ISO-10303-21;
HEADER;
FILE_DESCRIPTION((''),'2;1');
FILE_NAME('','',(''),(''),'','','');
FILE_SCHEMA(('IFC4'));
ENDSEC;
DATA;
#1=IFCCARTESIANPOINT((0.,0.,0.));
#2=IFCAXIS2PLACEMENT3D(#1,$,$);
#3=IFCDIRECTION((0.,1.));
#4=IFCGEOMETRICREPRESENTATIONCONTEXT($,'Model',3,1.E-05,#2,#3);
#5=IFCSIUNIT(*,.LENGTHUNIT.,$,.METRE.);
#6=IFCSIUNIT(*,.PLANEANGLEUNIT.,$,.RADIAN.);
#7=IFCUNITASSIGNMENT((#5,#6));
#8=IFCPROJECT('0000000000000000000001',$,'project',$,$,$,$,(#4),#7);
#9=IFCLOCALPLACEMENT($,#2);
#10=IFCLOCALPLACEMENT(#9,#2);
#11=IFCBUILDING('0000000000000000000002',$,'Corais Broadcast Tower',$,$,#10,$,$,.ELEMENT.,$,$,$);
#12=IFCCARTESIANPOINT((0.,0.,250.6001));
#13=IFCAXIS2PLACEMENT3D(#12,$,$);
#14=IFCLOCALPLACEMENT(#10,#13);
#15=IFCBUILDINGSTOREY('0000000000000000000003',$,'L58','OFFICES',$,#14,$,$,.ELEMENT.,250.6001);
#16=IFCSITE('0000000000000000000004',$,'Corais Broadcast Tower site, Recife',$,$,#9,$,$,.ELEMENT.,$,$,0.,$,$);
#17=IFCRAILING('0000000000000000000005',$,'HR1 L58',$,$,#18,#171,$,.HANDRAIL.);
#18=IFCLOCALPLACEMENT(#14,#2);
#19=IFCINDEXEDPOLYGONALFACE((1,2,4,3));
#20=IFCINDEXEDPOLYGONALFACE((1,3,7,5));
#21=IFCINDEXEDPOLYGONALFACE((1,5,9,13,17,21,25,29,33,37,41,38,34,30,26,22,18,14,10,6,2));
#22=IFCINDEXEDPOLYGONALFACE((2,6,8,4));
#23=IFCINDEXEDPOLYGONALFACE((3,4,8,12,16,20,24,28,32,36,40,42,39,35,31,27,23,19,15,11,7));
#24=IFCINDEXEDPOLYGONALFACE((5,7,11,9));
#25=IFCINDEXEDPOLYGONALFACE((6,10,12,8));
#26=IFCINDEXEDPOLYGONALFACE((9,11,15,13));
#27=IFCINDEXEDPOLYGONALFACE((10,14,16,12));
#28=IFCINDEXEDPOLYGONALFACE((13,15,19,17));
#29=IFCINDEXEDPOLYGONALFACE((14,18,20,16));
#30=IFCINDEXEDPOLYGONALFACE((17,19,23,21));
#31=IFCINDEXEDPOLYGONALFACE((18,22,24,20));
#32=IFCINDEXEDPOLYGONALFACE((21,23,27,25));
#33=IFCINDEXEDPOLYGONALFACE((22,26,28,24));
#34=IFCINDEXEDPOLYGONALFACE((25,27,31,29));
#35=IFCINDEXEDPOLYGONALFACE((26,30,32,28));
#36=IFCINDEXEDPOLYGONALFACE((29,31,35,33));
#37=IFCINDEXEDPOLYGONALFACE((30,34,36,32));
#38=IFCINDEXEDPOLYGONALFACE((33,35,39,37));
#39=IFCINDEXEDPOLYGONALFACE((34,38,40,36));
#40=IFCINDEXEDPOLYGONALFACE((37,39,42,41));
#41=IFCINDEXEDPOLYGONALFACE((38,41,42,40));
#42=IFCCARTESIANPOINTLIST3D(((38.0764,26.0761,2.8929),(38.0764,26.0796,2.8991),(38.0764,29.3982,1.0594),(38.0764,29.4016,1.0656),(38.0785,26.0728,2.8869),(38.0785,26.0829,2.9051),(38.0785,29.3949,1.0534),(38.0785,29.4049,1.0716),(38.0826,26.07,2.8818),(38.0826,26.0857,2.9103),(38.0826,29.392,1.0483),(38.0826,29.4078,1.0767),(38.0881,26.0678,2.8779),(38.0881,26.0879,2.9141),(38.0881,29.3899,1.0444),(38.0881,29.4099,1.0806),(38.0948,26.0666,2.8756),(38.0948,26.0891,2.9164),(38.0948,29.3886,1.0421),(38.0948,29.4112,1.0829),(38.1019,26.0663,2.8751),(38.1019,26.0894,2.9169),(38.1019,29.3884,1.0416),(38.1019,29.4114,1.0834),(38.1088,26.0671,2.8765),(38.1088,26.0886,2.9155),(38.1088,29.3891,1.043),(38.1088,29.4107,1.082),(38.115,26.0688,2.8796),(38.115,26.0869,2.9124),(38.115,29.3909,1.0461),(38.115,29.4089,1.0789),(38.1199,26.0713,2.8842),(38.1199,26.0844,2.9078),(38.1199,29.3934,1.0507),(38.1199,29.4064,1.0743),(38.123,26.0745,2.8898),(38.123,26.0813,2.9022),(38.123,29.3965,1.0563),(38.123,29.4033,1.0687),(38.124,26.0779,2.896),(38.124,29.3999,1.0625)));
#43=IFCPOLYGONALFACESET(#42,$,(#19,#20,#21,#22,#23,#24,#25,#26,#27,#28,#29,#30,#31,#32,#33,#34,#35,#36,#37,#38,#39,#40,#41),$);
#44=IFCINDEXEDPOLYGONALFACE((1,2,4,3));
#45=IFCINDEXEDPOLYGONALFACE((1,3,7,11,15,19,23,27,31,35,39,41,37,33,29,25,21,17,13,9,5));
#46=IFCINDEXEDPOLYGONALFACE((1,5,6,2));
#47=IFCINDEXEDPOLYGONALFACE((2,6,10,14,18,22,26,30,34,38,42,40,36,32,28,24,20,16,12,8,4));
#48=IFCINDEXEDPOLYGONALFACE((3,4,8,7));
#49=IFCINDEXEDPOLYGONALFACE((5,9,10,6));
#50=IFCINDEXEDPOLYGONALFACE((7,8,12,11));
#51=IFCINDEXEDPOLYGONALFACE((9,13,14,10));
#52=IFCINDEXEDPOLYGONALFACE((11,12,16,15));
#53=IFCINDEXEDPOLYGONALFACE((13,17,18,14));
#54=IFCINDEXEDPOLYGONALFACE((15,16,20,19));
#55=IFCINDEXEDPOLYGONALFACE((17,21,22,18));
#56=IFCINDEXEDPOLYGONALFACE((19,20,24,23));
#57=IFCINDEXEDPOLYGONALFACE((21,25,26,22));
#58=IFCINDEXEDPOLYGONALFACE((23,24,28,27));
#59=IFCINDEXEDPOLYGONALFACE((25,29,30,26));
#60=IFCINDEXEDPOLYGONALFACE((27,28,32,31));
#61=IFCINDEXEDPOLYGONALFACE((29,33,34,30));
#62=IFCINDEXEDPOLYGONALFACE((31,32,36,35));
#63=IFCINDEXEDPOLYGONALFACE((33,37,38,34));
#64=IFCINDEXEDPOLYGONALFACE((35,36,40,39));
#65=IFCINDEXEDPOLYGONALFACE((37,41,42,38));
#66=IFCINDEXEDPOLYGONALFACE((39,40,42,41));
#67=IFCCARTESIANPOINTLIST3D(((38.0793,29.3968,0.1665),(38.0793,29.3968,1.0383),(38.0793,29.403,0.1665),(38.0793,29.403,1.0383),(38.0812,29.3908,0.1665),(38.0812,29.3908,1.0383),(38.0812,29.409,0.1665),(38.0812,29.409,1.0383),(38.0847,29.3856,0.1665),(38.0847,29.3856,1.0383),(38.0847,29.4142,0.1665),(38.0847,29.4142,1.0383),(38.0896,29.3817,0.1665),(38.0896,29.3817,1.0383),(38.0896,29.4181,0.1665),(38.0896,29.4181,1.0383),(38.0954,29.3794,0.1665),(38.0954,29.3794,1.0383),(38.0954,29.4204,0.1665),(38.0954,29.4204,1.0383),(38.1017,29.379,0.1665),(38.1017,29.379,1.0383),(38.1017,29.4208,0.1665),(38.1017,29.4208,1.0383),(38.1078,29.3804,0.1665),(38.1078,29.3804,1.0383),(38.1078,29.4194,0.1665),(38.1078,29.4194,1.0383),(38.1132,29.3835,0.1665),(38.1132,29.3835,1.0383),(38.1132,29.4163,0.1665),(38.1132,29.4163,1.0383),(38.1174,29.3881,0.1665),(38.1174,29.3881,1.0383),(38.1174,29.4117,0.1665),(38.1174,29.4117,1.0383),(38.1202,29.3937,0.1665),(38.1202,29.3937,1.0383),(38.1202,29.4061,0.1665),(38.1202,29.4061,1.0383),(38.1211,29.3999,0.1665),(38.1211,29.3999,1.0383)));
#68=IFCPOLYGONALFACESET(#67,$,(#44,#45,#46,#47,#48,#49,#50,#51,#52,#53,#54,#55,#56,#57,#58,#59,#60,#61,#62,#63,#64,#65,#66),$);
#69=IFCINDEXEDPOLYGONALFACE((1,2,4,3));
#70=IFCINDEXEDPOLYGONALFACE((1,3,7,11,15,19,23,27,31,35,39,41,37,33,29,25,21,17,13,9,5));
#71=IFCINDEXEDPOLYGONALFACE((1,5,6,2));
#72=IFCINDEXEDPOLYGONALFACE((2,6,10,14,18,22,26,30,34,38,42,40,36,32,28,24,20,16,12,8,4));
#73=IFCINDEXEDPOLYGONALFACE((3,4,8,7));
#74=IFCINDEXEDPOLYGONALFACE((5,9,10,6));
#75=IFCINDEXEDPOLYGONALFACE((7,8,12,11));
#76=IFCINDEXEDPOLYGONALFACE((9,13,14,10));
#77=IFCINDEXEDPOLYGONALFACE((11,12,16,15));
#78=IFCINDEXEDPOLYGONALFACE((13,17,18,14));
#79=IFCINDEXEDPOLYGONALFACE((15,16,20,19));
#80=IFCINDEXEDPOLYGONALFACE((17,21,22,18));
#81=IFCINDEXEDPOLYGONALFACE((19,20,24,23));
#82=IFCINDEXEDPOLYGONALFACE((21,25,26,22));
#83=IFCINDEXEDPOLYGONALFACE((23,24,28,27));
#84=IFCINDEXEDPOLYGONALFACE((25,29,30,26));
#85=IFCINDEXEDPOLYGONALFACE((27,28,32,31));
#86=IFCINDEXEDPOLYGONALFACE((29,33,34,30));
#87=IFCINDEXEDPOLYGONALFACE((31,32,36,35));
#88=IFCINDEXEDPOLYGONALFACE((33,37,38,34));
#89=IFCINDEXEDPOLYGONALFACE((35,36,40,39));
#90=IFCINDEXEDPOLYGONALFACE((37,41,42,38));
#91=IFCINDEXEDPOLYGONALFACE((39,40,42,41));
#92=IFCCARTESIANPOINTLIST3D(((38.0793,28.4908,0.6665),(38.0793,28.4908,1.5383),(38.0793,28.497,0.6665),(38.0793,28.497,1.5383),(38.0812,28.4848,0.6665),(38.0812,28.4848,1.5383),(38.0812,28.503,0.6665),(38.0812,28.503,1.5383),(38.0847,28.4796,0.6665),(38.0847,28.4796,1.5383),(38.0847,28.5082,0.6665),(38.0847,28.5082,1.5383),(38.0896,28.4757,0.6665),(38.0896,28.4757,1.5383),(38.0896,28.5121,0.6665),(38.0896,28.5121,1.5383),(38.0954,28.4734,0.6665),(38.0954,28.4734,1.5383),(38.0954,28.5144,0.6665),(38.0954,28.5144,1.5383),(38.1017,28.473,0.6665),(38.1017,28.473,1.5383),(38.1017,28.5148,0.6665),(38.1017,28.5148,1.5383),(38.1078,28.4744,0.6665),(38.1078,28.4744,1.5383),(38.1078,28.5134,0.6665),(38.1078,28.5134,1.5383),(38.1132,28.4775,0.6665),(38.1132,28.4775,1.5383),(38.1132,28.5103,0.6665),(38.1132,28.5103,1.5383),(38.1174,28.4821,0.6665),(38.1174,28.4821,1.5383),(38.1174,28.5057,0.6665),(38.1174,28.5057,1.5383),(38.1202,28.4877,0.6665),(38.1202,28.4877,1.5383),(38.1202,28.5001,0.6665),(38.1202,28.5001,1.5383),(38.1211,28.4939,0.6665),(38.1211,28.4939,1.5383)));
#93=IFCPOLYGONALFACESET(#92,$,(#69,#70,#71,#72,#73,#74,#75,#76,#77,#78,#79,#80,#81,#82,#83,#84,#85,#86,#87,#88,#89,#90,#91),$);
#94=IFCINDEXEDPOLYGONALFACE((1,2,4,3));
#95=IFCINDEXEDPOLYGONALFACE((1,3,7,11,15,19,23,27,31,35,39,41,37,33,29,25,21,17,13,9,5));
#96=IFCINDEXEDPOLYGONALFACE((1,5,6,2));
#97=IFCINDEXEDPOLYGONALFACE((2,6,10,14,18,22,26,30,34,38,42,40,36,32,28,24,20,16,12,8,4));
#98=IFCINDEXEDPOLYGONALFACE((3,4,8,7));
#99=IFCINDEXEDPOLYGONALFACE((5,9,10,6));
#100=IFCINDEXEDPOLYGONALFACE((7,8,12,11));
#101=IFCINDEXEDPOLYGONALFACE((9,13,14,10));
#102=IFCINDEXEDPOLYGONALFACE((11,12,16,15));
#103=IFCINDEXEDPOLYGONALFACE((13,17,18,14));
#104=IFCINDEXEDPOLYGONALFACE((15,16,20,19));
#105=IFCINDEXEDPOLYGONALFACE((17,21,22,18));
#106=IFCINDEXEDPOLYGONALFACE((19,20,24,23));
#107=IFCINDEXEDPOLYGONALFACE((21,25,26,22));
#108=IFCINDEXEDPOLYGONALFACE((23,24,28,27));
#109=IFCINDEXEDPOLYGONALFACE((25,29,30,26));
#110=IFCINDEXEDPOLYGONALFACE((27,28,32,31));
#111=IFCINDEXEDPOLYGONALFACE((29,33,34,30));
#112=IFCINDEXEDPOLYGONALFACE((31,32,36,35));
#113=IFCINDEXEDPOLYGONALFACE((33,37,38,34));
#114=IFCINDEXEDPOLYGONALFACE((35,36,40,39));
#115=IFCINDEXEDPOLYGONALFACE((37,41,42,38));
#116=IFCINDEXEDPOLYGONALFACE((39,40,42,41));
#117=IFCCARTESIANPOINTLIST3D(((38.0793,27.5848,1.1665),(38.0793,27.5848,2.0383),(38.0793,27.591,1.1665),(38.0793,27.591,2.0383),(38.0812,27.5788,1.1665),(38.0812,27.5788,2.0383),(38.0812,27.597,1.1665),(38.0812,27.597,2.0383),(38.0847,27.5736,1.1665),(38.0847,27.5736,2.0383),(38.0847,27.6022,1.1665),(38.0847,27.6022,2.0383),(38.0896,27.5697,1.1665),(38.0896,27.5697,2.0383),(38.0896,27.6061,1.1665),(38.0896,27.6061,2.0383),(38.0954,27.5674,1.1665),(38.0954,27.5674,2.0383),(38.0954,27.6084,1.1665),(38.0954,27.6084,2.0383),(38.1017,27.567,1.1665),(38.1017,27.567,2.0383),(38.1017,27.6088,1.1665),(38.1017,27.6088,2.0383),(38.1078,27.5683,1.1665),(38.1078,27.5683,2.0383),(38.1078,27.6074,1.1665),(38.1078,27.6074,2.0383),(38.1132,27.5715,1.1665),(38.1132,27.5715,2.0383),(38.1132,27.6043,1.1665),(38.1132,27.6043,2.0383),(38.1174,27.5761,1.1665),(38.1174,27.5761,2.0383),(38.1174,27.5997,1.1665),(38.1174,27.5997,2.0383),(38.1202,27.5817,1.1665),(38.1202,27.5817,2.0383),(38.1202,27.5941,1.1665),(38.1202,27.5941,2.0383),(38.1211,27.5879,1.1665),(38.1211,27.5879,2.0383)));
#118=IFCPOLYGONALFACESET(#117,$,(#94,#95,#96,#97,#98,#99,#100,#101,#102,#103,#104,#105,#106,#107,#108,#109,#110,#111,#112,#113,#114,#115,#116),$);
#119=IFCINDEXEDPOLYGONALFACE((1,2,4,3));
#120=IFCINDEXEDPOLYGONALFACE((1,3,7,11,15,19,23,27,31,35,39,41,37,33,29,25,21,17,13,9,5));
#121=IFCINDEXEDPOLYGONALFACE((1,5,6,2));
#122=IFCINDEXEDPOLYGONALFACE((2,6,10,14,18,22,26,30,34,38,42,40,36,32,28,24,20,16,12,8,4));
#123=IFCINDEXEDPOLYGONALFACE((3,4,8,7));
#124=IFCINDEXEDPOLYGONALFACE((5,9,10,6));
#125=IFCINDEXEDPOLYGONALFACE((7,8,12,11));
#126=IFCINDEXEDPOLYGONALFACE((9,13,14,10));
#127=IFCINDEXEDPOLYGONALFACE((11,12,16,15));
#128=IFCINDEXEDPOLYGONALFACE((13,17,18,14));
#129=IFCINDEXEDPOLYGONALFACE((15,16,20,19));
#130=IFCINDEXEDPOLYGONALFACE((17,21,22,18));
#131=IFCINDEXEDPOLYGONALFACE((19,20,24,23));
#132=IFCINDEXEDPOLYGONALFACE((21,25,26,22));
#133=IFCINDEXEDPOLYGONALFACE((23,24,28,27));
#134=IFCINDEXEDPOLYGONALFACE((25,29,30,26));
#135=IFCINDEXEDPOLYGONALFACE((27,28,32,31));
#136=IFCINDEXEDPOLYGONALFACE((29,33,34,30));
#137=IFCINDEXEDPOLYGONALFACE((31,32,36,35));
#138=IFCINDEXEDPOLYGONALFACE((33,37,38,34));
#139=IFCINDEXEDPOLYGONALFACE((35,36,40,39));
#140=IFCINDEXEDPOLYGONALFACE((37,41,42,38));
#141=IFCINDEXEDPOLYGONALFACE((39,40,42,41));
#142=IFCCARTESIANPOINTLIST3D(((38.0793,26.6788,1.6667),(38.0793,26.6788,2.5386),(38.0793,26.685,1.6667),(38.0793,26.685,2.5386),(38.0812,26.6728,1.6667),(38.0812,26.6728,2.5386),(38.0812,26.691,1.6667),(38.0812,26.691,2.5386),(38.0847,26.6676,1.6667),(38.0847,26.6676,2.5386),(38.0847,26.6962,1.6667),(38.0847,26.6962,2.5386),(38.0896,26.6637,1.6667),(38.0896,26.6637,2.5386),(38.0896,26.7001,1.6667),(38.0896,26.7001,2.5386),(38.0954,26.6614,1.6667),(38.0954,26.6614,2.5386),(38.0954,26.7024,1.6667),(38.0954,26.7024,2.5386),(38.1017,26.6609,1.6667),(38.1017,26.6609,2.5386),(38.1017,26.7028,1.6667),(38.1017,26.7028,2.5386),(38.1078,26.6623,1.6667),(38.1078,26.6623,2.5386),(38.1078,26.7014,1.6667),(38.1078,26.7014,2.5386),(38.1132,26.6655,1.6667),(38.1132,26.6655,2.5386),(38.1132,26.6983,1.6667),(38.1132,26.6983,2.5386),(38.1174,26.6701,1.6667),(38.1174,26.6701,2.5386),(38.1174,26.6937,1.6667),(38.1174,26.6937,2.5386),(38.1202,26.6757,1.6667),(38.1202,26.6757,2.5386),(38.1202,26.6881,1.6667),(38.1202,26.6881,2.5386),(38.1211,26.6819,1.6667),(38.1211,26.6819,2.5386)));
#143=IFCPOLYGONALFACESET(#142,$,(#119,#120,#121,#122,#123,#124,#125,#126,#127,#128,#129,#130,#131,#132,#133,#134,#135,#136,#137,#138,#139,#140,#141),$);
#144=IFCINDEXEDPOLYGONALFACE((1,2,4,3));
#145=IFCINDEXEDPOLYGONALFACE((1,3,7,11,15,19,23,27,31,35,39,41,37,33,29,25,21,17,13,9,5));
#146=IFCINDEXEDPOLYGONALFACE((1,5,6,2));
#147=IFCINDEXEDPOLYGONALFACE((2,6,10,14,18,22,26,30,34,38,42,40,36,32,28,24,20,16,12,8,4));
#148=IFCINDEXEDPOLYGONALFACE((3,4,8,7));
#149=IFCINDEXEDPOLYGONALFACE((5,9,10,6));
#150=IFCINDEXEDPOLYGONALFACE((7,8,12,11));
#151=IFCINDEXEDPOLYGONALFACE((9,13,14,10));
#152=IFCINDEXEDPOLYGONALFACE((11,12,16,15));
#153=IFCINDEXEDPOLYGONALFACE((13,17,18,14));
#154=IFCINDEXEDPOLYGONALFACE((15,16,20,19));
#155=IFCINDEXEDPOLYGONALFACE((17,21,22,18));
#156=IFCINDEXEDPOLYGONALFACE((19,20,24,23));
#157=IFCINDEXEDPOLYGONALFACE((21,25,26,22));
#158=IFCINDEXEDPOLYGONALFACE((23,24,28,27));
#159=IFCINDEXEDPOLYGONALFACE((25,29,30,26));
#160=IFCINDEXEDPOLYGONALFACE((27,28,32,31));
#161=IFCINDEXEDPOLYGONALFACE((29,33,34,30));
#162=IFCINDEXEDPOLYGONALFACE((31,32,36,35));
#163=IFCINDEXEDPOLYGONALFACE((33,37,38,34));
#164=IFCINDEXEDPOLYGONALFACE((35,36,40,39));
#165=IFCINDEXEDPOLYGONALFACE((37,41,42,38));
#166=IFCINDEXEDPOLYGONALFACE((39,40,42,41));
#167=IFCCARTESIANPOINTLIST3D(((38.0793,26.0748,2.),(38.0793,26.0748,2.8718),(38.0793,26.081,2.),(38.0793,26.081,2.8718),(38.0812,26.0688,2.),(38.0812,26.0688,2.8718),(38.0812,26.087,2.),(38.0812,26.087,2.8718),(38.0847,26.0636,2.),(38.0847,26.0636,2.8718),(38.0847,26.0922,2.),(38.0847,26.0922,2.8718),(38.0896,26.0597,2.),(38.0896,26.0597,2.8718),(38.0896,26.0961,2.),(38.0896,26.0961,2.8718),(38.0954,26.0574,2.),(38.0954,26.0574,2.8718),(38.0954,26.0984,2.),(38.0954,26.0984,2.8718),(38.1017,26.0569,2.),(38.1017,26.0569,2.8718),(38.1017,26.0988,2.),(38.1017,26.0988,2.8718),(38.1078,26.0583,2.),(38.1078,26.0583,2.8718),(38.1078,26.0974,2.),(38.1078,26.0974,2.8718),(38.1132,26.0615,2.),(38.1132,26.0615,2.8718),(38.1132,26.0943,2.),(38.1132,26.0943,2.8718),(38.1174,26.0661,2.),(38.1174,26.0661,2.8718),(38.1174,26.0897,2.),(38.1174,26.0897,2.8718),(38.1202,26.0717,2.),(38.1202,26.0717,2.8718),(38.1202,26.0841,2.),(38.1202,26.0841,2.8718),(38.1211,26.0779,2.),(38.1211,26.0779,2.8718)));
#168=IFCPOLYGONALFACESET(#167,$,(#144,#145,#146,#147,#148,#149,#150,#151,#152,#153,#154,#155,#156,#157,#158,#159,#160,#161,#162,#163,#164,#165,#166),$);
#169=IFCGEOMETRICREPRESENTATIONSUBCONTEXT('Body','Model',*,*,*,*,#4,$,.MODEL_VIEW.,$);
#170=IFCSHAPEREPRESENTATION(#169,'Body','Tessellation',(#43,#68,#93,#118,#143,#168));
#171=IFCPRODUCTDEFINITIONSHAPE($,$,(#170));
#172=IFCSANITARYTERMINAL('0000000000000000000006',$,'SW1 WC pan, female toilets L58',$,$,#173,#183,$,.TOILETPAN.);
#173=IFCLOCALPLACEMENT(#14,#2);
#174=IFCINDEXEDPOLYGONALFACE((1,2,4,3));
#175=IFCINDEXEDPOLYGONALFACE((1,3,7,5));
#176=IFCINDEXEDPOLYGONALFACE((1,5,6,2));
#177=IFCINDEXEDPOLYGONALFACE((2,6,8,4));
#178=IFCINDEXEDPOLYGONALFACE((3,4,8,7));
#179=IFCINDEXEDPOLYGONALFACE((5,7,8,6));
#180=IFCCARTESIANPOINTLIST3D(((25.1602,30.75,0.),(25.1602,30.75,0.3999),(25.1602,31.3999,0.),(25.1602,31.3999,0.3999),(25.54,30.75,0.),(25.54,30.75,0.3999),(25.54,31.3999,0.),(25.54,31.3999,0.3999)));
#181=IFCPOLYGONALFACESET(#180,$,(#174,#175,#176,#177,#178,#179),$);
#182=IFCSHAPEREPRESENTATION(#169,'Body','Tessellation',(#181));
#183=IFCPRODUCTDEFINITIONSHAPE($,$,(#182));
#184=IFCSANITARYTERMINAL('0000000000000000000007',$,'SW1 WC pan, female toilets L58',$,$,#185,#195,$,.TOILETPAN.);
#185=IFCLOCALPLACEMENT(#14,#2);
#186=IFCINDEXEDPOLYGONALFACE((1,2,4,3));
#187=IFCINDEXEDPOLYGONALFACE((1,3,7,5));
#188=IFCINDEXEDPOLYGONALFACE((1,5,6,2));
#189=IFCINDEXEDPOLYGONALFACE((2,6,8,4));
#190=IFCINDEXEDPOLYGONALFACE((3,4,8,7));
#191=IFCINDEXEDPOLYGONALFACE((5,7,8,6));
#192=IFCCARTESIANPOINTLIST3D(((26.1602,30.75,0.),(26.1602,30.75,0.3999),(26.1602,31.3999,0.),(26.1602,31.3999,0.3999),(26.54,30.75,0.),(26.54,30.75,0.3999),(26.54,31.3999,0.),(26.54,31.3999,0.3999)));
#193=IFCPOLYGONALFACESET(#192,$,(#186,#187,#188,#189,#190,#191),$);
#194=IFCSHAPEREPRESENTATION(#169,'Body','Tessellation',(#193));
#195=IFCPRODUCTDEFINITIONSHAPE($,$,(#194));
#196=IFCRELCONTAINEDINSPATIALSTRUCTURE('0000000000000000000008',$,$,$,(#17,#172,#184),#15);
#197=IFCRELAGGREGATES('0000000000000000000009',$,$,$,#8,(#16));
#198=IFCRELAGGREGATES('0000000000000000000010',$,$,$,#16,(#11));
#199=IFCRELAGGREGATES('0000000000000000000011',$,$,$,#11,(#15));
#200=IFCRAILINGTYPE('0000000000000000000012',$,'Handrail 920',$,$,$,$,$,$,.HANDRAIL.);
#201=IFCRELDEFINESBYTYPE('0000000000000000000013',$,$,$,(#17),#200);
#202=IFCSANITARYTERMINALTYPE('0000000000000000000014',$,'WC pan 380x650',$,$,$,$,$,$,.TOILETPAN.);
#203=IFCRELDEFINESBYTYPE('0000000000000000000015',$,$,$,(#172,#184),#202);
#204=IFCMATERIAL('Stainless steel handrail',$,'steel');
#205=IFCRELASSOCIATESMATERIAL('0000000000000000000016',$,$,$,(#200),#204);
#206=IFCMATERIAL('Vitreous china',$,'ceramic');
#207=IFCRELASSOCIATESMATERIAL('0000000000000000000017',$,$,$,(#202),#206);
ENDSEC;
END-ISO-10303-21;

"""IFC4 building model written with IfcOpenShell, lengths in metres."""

from ifc_helpers import new_model, si_unit, direction, frame, origin, origin_2d, place, context, subcontext, project, spatial, rectangle, circle, extrude, material, type_object, element, save


model = new_model("IFC4")

# Units and contexts
model_context = context("Model", 3, precision=1e-05, world=origin(), true_north=direction((0.0, 1.0)))
body_context = subcontext(model_context, "Body", "Model", "MODEL_VIEW")
ifc_project = project(units=[si_unit("LENGTHUNIT", "METRE"), si_unit("PLANEANGLEUNIT", "RADIAN")], contexts=[model_context])

# Site, building, storey
site_placement = place(None, origin())
site = spatial("IfcSite", under=ifc_project, at=site_placement, Name="Corais Broadcast Tower site, Recife", CompositionType="ELEMENT", RefElevation=0.0)
building_placement = place(site_placement, origin())
building = spatial("IfcBuilding", under=site, at=building_placement, Name="Corais Broadcast Tower", CompositionType="ELEMENT")
storey_placement = place(building_placement, frame((0.0, 0.0, 250.6001)))
storey = spatial("IfcBuildingStorey", under=building, at=storey_placement, Name="L58", Description="OFFICES", CompositionType="ELEMENT", Elevation=250.6001)

# Railing
ifc_material_1 = material(Name="Stainless steel handrail", Category="steel")
railing_type = type_object("IfcRailingType", Name="Handrail 920", PredefinedType="HANDRAIL", material=ifc_material_1)
for number, where, name in (
    (1, (38.1001, 29.3999, 0.1665), "HR1 L58"),
):
    element("IfcRailing", number, at=place(storey_placement, frame(where)), inside=storey, type_object=railing_type, Name=name, PredefinedType="HANDRAIL", context=body_context, shape_type="SweptSolid", body=[
        extrude(circle(Radius=0.0239, at=origin_2d()), frame((0.0, 0.0, 0.896), z_axis=(0.0, -0.875504, 0.48321), x_axis=(1.0, 0.0, 0.0)), (0.0, 0.0, 1.0), 3.7944),
        extrude(circle(Radius=0.021, at=origin_2d()), origin(), (0.0, 0.0, 1.0), 0.8718),
        extrude(circle(Radius=0.021, at=origin_2d()), frame((0.0, -0.906, 0.5)), (0.0, 0.0, 1.0), 0.8718),
        extrude(circle(Radius=0.021, at=origin_2d()), frame((0.0, -1.812, 1.0)), (0.0, 0.0, 1.0), 0.8718),
        extrude(circle(Radius=0.021, at=origin_2d()), frame((0.0, -2.718, 1.5002)), (0.0, 0.0, 1.0), 0.8718),
        extrude(circle(Radius=0.021, at=origin_2d()), frame((0.0, -3.322, 1.8335)), (0.0, 0.0, 1.0), 0.8718),
    ])

# Sanitary terminals
ifc_material_2 = material(Name="Vitreous china", Category="ceramic")
sanitary_terminal_type = type_object("IfcSanitaryTerminalType", Name="WC pan 380x650", PredefinedType="TOILETPAN", material=ifc_material_2)
for number, where, z_axis, x_axis, name in (
    (2, (25.3501, 31.075, 0.0), (0.0, 0.0, 1.0), (1.0, 0.0, 0.0), "SW1 WC pan, female toilets L58"),
    (3, (26.3501, 31.075, 0.0), (0.0, 0.0, 1.0), (1.0, 0.0, 0.0), "SW1 WC pan, female toilets L58"),
):
    element("IfcSanitaryTerminal", number, at=place(storey_placement, frame(where, z_axis=z_axis, x_axis=x_axis)), inside=storey, type_object=sanitary_terminal_type, Name=name, PredefinedType="TOILETPAN", context=body_context, shape_type="SweptSolid", body=[
        extrude(rectangle(XDim=0.3799, YDim=0.6499, at=origin_2d()), origin(), (0.0, 0.0, 1.0), 0.3999),
    ])

save(model, "model.ifc")
